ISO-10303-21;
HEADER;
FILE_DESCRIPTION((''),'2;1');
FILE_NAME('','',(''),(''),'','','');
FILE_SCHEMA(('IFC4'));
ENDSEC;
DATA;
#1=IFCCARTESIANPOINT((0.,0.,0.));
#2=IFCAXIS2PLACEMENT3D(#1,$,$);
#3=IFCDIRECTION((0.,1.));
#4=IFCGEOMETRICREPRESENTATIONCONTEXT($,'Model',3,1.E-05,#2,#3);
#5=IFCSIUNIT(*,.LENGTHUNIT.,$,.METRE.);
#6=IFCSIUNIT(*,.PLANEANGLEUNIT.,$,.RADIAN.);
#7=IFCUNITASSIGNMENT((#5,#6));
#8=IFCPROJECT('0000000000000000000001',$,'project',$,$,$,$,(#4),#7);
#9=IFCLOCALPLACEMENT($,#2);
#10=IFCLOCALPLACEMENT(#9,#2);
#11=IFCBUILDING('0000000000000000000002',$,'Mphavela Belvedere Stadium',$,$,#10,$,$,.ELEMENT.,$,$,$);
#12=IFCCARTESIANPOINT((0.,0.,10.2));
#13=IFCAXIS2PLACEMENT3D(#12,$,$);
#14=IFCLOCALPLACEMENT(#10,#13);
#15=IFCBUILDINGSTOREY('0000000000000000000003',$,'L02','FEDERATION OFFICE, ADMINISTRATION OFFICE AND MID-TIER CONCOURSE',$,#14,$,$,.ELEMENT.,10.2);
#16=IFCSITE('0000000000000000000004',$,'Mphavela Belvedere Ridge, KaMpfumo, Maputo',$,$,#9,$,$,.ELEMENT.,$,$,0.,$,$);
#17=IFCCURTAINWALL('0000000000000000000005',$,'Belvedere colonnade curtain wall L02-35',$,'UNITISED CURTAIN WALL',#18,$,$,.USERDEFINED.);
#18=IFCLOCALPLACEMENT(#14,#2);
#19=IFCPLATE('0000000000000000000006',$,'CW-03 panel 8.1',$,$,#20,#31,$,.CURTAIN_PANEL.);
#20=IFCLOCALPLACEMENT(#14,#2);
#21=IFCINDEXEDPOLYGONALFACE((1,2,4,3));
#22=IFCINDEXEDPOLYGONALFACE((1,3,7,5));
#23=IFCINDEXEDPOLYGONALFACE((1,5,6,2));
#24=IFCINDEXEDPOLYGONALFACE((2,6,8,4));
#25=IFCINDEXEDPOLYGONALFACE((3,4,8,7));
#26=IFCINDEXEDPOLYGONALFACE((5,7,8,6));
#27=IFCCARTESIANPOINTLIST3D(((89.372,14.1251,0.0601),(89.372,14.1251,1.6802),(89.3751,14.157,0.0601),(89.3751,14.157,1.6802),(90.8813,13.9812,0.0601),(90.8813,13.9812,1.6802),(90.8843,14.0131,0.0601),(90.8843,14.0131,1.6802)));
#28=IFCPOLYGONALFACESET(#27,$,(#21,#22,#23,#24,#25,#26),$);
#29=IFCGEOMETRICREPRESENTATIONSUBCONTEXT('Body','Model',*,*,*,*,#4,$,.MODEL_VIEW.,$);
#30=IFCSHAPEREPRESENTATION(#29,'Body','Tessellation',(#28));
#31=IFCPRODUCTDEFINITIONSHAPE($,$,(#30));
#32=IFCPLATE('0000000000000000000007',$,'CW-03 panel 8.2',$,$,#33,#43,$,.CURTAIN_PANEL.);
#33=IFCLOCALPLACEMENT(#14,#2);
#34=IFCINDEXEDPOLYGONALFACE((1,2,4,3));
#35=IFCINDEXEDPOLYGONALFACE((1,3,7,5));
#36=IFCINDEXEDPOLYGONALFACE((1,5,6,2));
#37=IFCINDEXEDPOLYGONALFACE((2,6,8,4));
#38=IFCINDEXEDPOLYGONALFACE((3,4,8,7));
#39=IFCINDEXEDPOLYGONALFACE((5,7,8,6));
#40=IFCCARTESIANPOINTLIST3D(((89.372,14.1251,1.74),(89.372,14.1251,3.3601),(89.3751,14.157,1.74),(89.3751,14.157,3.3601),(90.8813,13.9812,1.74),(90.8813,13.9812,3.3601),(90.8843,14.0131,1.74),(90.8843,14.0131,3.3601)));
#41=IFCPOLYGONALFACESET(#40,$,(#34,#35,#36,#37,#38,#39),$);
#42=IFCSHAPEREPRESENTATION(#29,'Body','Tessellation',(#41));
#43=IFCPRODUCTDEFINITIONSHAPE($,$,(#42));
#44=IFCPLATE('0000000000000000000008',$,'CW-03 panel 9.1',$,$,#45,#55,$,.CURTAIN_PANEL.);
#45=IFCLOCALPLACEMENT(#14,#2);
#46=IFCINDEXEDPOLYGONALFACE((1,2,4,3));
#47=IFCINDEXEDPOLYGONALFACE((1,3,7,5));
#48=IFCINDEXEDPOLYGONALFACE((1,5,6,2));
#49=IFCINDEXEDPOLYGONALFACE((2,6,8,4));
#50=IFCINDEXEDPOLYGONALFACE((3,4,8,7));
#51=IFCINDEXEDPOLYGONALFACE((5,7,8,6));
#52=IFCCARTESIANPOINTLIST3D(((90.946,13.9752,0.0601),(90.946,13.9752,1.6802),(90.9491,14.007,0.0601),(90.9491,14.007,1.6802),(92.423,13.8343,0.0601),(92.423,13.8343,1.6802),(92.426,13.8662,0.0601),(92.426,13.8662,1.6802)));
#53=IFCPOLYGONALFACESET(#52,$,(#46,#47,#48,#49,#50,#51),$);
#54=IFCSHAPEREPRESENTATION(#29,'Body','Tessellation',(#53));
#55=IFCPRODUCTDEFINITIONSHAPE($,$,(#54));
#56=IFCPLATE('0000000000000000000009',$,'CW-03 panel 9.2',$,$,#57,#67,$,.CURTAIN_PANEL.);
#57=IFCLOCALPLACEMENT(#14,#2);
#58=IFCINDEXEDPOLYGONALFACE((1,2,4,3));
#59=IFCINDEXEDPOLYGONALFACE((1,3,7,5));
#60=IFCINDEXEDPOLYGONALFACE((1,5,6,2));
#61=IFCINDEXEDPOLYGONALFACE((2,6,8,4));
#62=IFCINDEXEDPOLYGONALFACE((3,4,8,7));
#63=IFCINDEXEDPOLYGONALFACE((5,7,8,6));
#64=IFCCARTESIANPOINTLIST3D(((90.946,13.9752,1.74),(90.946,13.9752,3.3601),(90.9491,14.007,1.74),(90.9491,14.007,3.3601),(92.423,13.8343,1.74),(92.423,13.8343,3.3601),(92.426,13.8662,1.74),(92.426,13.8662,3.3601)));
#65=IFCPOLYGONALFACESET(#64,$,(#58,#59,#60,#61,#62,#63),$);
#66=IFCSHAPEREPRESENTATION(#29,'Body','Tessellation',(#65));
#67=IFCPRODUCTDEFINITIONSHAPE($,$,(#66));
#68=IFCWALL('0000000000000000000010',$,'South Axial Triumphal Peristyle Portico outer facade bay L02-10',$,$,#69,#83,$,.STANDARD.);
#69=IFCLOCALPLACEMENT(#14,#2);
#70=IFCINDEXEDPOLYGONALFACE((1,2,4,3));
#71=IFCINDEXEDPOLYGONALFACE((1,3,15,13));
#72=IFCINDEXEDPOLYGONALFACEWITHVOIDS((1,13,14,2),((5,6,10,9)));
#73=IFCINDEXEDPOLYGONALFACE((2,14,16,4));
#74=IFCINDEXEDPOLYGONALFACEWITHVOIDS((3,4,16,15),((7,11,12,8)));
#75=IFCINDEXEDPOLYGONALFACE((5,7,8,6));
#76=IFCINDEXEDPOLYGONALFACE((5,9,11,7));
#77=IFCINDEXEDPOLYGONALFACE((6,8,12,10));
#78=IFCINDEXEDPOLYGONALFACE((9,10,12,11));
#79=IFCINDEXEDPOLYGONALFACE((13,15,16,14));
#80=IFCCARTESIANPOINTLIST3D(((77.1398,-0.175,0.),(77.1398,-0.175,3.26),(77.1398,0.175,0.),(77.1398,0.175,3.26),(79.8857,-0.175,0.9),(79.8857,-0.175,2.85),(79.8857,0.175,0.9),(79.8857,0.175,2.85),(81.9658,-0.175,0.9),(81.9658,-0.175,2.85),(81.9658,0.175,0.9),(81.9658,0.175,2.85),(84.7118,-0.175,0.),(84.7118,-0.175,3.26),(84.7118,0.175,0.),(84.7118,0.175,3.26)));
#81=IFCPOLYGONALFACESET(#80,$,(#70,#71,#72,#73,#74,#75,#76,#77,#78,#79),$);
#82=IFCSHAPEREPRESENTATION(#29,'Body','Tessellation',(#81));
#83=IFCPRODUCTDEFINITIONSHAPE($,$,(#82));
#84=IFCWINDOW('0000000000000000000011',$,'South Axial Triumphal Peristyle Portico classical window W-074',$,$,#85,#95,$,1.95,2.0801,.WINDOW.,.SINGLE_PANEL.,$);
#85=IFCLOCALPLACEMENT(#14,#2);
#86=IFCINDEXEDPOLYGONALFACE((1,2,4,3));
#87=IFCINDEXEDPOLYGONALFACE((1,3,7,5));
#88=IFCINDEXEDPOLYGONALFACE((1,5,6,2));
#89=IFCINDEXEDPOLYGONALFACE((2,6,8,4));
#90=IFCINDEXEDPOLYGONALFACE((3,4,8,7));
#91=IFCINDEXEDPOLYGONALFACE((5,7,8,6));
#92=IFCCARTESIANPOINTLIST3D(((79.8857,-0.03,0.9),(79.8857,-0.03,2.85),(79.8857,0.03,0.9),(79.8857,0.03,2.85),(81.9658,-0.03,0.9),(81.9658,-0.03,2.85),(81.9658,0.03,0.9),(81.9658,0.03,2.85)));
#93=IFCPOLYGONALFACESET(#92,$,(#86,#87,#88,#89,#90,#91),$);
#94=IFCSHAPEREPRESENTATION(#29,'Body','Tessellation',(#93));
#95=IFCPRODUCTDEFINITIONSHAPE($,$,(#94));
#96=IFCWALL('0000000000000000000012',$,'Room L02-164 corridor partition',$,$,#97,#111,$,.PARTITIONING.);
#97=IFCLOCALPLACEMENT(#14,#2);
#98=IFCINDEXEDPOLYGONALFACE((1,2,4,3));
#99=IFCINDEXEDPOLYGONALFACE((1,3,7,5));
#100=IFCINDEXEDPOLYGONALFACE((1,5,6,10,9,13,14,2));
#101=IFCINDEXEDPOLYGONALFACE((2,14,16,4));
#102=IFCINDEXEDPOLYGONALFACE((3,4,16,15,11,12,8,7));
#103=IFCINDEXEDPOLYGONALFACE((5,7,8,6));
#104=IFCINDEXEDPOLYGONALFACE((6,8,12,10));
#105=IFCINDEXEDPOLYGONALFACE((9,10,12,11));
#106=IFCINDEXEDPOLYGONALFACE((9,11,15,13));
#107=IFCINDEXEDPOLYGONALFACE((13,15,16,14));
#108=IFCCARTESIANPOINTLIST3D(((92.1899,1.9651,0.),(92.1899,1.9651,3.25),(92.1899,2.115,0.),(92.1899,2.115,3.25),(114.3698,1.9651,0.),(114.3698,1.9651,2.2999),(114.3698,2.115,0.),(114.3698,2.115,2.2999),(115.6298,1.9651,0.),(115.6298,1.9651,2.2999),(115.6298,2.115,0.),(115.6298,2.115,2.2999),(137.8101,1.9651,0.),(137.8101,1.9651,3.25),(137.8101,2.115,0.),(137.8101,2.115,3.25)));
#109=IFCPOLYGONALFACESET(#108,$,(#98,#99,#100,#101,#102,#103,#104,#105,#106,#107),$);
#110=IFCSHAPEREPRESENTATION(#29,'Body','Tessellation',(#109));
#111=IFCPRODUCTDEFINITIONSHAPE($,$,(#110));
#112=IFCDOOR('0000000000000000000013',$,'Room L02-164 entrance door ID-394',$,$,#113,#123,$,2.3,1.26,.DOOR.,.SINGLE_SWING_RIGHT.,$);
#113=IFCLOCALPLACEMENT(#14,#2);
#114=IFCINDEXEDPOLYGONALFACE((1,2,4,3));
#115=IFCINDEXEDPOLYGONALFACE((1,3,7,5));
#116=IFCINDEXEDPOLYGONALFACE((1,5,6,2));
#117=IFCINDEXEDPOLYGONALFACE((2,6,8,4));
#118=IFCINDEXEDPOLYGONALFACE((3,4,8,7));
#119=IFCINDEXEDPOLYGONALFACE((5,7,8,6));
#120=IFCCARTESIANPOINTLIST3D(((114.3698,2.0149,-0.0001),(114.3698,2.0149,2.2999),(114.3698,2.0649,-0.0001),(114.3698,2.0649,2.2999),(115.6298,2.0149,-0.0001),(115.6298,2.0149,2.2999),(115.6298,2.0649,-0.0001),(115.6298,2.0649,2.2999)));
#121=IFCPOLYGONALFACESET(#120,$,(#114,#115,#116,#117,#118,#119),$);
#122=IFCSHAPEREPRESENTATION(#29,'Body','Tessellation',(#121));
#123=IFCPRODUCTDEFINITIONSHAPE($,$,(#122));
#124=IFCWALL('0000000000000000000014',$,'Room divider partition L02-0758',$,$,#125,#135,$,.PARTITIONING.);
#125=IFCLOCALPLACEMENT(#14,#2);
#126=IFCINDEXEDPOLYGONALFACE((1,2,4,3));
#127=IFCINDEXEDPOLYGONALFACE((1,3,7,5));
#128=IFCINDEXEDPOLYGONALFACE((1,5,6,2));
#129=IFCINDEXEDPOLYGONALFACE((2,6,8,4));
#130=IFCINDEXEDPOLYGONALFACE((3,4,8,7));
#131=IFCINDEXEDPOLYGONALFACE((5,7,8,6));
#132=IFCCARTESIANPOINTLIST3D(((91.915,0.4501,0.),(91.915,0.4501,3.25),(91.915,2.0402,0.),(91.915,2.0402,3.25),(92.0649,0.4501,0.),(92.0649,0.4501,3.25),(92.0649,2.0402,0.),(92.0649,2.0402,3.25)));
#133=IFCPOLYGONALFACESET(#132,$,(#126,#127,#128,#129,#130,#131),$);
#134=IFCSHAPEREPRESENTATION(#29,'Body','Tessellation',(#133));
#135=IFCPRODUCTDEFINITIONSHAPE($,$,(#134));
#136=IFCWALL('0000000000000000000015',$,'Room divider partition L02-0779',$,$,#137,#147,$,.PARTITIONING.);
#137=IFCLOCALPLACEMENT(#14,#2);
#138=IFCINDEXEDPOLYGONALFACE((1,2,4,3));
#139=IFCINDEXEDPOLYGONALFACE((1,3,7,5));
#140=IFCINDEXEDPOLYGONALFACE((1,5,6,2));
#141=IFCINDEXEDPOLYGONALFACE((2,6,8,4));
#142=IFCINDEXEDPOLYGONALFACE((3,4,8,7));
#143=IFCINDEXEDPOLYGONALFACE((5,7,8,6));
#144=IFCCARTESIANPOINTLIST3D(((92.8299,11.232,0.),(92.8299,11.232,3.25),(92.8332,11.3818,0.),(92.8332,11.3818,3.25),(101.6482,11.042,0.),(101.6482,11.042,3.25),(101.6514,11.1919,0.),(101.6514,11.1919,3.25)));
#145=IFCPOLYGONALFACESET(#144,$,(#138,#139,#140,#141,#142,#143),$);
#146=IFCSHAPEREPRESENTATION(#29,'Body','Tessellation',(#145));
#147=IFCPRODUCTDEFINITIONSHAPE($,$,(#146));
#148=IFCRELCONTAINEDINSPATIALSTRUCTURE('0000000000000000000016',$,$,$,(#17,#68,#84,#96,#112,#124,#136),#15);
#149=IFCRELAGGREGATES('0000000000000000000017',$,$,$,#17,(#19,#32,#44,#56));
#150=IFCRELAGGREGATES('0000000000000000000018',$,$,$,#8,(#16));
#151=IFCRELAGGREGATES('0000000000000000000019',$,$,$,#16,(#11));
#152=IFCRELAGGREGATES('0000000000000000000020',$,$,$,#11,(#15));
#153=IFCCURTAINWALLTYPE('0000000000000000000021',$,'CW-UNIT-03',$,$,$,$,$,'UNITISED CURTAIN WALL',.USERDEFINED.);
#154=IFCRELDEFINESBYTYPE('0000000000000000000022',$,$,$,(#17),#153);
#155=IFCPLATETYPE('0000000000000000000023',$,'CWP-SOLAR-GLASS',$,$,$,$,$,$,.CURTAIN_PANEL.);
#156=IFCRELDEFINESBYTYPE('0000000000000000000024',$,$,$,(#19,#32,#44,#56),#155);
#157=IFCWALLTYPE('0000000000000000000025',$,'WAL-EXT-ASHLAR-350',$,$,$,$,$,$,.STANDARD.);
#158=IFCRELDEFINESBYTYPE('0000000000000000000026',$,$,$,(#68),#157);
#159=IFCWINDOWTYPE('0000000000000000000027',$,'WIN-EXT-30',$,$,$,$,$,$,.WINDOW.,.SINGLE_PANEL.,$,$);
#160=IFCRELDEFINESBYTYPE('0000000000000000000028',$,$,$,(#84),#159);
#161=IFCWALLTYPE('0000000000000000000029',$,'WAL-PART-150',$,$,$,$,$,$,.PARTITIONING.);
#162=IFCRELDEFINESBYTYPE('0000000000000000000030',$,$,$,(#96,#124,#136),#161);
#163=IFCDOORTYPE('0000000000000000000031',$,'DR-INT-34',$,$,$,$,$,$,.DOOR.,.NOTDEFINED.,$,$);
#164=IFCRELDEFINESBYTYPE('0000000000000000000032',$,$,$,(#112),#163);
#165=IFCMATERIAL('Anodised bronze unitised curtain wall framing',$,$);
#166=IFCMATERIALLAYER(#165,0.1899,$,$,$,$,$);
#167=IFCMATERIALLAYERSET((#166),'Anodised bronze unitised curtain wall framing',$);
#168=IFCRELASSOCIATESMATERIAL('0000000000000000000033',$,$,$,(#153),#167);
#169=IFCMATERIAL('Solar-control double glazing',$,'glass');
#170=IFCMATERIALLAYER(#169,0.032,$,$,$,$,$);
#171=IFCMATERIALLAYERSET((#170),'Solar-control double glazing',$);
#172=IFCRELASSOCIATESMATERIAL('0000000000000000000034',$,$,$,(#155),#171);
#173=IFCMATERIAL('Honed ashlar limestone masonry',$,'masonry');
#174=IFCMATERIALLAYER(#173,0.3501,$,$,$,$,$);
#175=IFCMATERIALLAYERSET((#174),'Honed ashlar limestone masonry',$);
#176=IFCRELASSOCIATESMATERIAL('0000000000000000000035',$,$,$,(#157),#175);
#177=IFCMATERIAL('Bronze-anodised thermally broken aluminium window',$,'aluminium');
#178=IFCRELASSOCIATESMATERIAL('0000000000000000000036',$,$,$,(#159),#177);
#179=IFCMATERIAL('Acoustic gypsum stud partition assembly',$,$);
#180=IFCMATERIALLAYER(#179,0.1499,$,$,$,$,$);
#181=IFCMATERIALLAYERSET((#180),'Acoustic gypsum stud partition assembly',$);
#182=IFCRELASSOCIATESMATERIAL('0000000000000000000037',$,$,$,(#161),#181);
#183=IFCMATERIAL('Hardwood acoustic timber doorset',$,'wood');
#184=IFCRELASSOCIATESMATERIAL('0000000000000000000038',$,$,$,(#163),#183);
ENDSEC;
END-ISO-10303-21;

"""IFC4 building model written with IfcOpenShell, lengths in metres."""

from ifc_helpers import new_model, si_unit, direction, frame, frame_2d, origin, origin_2d, place, context, subcontext, project, spatial, rectangle, extrude, material, layer, layer_set, type_object, element, fill, aggregate, save


model = new_model("IFC4")

# Units and contexts
model_context = context("Model", 3, precision=1e-05, world=origin(), true_north=direction((0.0, 1.0)))
body_context = subcontext(model_context, "Body", "Model", "MODEL_VIEW")
ifc_project = project(units=[si_unit("LENGTHUNIT", "METRE"), si_unit("PLANEANGLEUNIT", "RADIAN")], contexts=[model_context])

# Site, building, storey
site_placement = place(None, origin())
site = spatial("IfcSite", under=ifc_project, at=site_placement, Name="Mphavela Belvedere Ridge, KaMpfumo, Maputo", CompositionType="ELEMENT", RefElevation=0.0)
building_placement = place(site_placement, origin())
building = spatial("IfcBuilding", under=site, at=building_placement, Name="Mphavela Belvedere Stadium", CompositionType="ELEMENT")
storey_placement = place(building_placement, frame((0.0, 0.0, 10.2)))
storey = spatial("IfcBuildingStorey", under=building, at=storey_placement, Name="L02", Description="FEDERATION OFFICE, ADMINISTRATION OFFICE AND MID-TIER CONCOURSE", CompositionType="ELEMENT", Elevation=10.2)

# Curtain wall, plates
ifc_material_1 = material(Name="Anodised bronze unitised curtain wall framing")
ifc_layer_1 = layer(ifc_material_1, 0.1899)
ifc_layer_set_1 = layer_set([ifc_layer_1], Name="Anodised bronze unitised curtain wall framing")
curtain_wall_type = type_object("IfcCurtainWallType", Name="CW-UNIT-03", ElementType="UNITISED CURTAIN WALL", PredefinedType="USERDEFINED", material=ifc_layer_set_1)
curtain_wall_placement = place(storey_placement, origin())
curtain_wall = element("IfcCurtainWall", 1, at=curtain_wall_placement, inside=storey, type_object=curtain_wall_type, Name="Belvedere colonnade curtain wall L02-35", ObjectType="UNITISED CURTAIN WALL", PredefinedType="USERDEFINED")
ifc_material_2 = material(Name="Solar-control double glazing", Category="glass")
ifc_layer_2 = layer(ifc_material_2, 0.032)
ifc_layer_set_2 = layer_set([ifc_layer_2], Name="Solar-control double glazing")
plate_type = type_object("IfcPlateType", Name="CWP-SOLAR-GLASS", PredefinedType="CURTAIN_PANEL", material=ifc_layer_set_2)
plate_1_placement = place(storey_placement, frame((90.1282, 14.0691, 0.0601), z_axis=(0.0, 0.0, 1.0), x_axis=(0.995484, -0.094926, 0.0)))
plate_1 = element("IfcPlate", 2, at=plate_1_placement, type_object=plate_type, Name="CW-03 panel 8.1", PredefinedType="CURTAIN_PANEL", context=body_context, shape_type="SweptSolid", body=[
    extrude(rectangle(XDim=1.5161, YDim=0.032, at=origin_2d()), origin(), (0.0, 0.0, 1.0), 1.6201),
])
plate_2_placement = place(storey_placement, frame((90.1282, 14.0691, 1.74), z_axis=(0.0, 0.0, 1.0), x_axis=(0.995484, -0.094926, 0.0)))
plate_2 = element("IfcPlate", 3, at=plate_2_placement, type_object=plate_type, Name="CW-03 panel 8.2", PredefinedType="CURTAIN_PANEL", context=body_context, shape_type="SweptSolid", body=[
    extrude(rectangle(XDim=1.5161, YDim=0.032, at=origin_2d()), origin(), (0.0, 0.0, 1.0), 1.6201),
])
plate_3_placement = place(storey_placement, frame((91.686, 13.9207, 0.0601), z_axis=(0.0, 0.0, 1.0), x_axis=(0.995484, -0.094926, 0.0)))
plate_3 = element("IfcPlate", 4, at=plate_3_placement, type_object=plate_type, Name="CW-03 panel 9.1", PredefinedType="CURTAIN_PANEL", context=body_context, shape_type="SweptSolid", body=[
    extrude(rectangle(XDim=1.4836, YDim=0.032, at=origin_2d()), origin(), (0.0, 0.0, 1.0), 1.6201),
])
plate_4_placement = place(storey_placement, frame((91.686, 13.9207, 1.74), z_axis=(0.0, 0.0, 1.0), x_axis=(0.995484, -0.094926, 0.0)))
plate_4 = element("IfcPlate", 5, at=plate_4_placement, type_object=plate_type, Name="CW-03 panel 9.2", PredefinedType="CURTAIN_PANEL", context=body_context, shape_type="SweptSolid", body=[
    extrude(rectangle(XDim=1.4836, YDim=0.032, at=origin_2d()), origin(), (0.0, 0.0, 1.0), 1.6201),
])
aggregate(curtain_wall, [plate_1, plate_2, plate_3, plate_4])

# Wall, opening, window
ifc_material_3 = material(Name="Honed ashlar limestone masonry", Category="masonry")
ifc_layer_3 = layer(ifc_material_3, 0.3501)
ifc_layer_set_3 = layer_set([ifc_layer_3], Name="Honed ashlar limestone masonry")
wall_type_1 = type_object("IfcWallType", Name="WAL-EXT-ASHLAR-350", PredefinedType="STANDARD", material=ifc_layer_set_3)
wall_1_placement = place(storey_placement, frame((84.7119, 0.0, 0.0), z_axis=(0.0, 0.0, 1.0), x_axis=(-1.0, 0.0, 0.0)))
wall_1 = element("IfcWall", 6, at=wall_1_placement, inside=storey, type_object=wall_type_1, Name="South Axial Triumphal Peristyle Portico outer facade bay L02-10", PredefinedType="STANDARD", context=body_context, shape_type="SweptSolid", body=[
    extrude(rectangle(XDim=7.572, YDim=0.3501, at=frame_2d((3.7861, 0.0))), origin(), (0.0, 0.0, 1.0), 3.26),
])
opening_1_placement = place(wall_1_placement, frame((2.7461, 0.0, 0.8999)))
opening_1 = element("IfcOpeningElement", 7, at=opening_1_placement, cuts=wall_1, PredefinedType="OPENING", context=body_context, shape_type="SweptSolid", body=[
    extrude(rectangle(XDim=2.0801, YDim=1.95, at=frame_2d((1.04, 0.9751))), frame((0.0, 0.1851, 0.0), z_axis=(0.0, -1.0, 0.0), x_axis=(1.0, 0.0, 0.0)), (0.0, 0.0, 1.0), 0.3701),
])
ifc_material_4 = material(Name="Bronze-anodised thermally broken aluminium window", Category="aluminium")
window_type = type_object("IfcWindowType", Name="WIN-EXT-30", PartitioningType="SINGLE_PANEL", PredefinedType="WINDOW", material=ifc_material_4)
window_placement = place(opening_1_placement, origin())
window = element("IfcWindow", 8, at=window_placement, inside=storey, type_object=window_type, Name="South Axial Triumphal Peristyle Portico classical window W-074", OverallHeight=1.95, OverallWidth=2.0801, PartitioningType="SINGLE_PANEL", PredefinedType="WINDOW", context=body_context, shape_type="SweptSolid", body=[
    extrude(rectangle(XDim=2.0801, YDim=1.95, at=frame_2d((1.04, 0.9751))), frame((0.0, 0.03, 0.0), z_axis=(0.0, -1.0, 0.0), x_axis=(1.0, 0.0, 0.0)), (0.0, 0.0, 1.0), 0.0601),
])
fill(opening_1, window)

# Wall, opening, door
ifc_material_5 = material(Name="Acoustic gypsum stud partition assembly")
ifc_layer_4 = layer(ifc_material_5, 0.1499)
ifc_layer_set_4 = layer_set([ifc_layer_4], Name="Acoustic gypsum stud partition assembly")
wall_type_2 = type_object("IfcWallType", Name="WAL-PART-150", PredefinedType="PARTITIONING", material=ifc_layer_set_4)
wall_2_placement = place(storey_placement, frame((92.1899, 2.04, 0.0), z_axis=(0.0, 0.0, 1.0), x_axis=(1.0, 0.0, 0.0)))
wall_2 = element("IfcWall", 9, at=wall_2_placement, inside=storey, type_object=wall_type_2, Name="Room L02-164 corridor partition", PredefinedType="PARTITIONING", context=body_context, shape_type="SweptSolid", body=[
    extrude(rectangle(XDim=45.6201, YDim=0.1499, at=frame_2d((22.8101, 0.0))), origin(), (0.0, 0.0, 1.0), 3.25),
])
opening_2_placement = place(wall_2_placement, frame((22.1799, 0.0, 0.0)))
opening_2 = element("IfcOpeningElement", 10, at=opening_2_placement, cuts=wall_2, PredefinedType="OPENING", context=body_context, shape_type="SweptSolid", body=[
    extrude(rectangle(XDim=1.26, YDim=2.3, at=frame_2d((0.6299, 1.1499))), frame((0.0, 0.085, 0.0), z_axis=(0.0, -1.0, 0.0), x_axis=(1.0, 0.0, 0.0)), (0.0, 0.0, 1.0), 0.1699),
])
ifc_material_6 = material(Name="Hardwood acoustic timber doorset", Category="wood")
door_type = type_object("IfcDoorType", Name="DR-INT-34", OperationType="NOTDEFINED", PredefinedType="DOOR", material=ifc_material_6)
door_placement = place(opening_2_placement, origin())
door = element("IfcDoor", 11, at=door_placement, inside=storey, type_object=door_type, Name="Room L02-164 entrance door ID-394", OperationType="SINGLE_SWING_RIGHT", OverallHeight=2.3, OverallWidth=1.26, PredefinedType="DOOR", context=body_context, shape_type="SweptSolid", body=[
    extrude(rectangle(XDim=1.26, YDim=2.3, at=frame_2d((0.6299, 1.1499))), frame((0.0, 0.0249, 0.0), z_axis=(0.0, -1.0, 0.0), x_axis=(1.0, 0.0, 0.0)), (0.0, 0.0, 1.0), 0.05),
])
fill(opening_2, door)

# Walls
wall_3_placement = place(storey_placement, frame((91.99, 2.04, 0.0), z_axis=(0.0, 0.0, 1.0), x_axis=(0.0, -1.0, 0.0)))
element("IfcWall", 12, at=wall_3_placement, inside=storey, type_object=wall_type_2, Name="Room divider partition L02-0758", PredefinedType="PARTITIONING", context=body_context, shape_type="SweptSolid", body=[
    extrude(rectangle(XDim=1.5901, YDim=0.1499, at=frame_2d((0.7949, 0.0))), origin(), (0.0, 0.0, 1.0), 3.25),
])
wall_4_placement = place(storey_placement, frame((92.8315, 11.3069, 0.0), z_axis=(0.0, 0.0, 1.0), x_axis=(0.999768, -0.021534, 0.0)))
element("IfcWall", 13, at=wall_4_placement, inside=storey, type_object=wall_type_2, Name="Room divider partition L02-0779", PredefinedType="PARTITIONING", context=body_context, shape_type="SweptSolid", body=[
    extrude(rectangle(XDim=8.8203, YDim=0.1499, at=frame_2d((4.4102, 0.0))), origin(), (0.0, 0.0, 1.0), 3.25),
])

save(model, "model.ifc")
